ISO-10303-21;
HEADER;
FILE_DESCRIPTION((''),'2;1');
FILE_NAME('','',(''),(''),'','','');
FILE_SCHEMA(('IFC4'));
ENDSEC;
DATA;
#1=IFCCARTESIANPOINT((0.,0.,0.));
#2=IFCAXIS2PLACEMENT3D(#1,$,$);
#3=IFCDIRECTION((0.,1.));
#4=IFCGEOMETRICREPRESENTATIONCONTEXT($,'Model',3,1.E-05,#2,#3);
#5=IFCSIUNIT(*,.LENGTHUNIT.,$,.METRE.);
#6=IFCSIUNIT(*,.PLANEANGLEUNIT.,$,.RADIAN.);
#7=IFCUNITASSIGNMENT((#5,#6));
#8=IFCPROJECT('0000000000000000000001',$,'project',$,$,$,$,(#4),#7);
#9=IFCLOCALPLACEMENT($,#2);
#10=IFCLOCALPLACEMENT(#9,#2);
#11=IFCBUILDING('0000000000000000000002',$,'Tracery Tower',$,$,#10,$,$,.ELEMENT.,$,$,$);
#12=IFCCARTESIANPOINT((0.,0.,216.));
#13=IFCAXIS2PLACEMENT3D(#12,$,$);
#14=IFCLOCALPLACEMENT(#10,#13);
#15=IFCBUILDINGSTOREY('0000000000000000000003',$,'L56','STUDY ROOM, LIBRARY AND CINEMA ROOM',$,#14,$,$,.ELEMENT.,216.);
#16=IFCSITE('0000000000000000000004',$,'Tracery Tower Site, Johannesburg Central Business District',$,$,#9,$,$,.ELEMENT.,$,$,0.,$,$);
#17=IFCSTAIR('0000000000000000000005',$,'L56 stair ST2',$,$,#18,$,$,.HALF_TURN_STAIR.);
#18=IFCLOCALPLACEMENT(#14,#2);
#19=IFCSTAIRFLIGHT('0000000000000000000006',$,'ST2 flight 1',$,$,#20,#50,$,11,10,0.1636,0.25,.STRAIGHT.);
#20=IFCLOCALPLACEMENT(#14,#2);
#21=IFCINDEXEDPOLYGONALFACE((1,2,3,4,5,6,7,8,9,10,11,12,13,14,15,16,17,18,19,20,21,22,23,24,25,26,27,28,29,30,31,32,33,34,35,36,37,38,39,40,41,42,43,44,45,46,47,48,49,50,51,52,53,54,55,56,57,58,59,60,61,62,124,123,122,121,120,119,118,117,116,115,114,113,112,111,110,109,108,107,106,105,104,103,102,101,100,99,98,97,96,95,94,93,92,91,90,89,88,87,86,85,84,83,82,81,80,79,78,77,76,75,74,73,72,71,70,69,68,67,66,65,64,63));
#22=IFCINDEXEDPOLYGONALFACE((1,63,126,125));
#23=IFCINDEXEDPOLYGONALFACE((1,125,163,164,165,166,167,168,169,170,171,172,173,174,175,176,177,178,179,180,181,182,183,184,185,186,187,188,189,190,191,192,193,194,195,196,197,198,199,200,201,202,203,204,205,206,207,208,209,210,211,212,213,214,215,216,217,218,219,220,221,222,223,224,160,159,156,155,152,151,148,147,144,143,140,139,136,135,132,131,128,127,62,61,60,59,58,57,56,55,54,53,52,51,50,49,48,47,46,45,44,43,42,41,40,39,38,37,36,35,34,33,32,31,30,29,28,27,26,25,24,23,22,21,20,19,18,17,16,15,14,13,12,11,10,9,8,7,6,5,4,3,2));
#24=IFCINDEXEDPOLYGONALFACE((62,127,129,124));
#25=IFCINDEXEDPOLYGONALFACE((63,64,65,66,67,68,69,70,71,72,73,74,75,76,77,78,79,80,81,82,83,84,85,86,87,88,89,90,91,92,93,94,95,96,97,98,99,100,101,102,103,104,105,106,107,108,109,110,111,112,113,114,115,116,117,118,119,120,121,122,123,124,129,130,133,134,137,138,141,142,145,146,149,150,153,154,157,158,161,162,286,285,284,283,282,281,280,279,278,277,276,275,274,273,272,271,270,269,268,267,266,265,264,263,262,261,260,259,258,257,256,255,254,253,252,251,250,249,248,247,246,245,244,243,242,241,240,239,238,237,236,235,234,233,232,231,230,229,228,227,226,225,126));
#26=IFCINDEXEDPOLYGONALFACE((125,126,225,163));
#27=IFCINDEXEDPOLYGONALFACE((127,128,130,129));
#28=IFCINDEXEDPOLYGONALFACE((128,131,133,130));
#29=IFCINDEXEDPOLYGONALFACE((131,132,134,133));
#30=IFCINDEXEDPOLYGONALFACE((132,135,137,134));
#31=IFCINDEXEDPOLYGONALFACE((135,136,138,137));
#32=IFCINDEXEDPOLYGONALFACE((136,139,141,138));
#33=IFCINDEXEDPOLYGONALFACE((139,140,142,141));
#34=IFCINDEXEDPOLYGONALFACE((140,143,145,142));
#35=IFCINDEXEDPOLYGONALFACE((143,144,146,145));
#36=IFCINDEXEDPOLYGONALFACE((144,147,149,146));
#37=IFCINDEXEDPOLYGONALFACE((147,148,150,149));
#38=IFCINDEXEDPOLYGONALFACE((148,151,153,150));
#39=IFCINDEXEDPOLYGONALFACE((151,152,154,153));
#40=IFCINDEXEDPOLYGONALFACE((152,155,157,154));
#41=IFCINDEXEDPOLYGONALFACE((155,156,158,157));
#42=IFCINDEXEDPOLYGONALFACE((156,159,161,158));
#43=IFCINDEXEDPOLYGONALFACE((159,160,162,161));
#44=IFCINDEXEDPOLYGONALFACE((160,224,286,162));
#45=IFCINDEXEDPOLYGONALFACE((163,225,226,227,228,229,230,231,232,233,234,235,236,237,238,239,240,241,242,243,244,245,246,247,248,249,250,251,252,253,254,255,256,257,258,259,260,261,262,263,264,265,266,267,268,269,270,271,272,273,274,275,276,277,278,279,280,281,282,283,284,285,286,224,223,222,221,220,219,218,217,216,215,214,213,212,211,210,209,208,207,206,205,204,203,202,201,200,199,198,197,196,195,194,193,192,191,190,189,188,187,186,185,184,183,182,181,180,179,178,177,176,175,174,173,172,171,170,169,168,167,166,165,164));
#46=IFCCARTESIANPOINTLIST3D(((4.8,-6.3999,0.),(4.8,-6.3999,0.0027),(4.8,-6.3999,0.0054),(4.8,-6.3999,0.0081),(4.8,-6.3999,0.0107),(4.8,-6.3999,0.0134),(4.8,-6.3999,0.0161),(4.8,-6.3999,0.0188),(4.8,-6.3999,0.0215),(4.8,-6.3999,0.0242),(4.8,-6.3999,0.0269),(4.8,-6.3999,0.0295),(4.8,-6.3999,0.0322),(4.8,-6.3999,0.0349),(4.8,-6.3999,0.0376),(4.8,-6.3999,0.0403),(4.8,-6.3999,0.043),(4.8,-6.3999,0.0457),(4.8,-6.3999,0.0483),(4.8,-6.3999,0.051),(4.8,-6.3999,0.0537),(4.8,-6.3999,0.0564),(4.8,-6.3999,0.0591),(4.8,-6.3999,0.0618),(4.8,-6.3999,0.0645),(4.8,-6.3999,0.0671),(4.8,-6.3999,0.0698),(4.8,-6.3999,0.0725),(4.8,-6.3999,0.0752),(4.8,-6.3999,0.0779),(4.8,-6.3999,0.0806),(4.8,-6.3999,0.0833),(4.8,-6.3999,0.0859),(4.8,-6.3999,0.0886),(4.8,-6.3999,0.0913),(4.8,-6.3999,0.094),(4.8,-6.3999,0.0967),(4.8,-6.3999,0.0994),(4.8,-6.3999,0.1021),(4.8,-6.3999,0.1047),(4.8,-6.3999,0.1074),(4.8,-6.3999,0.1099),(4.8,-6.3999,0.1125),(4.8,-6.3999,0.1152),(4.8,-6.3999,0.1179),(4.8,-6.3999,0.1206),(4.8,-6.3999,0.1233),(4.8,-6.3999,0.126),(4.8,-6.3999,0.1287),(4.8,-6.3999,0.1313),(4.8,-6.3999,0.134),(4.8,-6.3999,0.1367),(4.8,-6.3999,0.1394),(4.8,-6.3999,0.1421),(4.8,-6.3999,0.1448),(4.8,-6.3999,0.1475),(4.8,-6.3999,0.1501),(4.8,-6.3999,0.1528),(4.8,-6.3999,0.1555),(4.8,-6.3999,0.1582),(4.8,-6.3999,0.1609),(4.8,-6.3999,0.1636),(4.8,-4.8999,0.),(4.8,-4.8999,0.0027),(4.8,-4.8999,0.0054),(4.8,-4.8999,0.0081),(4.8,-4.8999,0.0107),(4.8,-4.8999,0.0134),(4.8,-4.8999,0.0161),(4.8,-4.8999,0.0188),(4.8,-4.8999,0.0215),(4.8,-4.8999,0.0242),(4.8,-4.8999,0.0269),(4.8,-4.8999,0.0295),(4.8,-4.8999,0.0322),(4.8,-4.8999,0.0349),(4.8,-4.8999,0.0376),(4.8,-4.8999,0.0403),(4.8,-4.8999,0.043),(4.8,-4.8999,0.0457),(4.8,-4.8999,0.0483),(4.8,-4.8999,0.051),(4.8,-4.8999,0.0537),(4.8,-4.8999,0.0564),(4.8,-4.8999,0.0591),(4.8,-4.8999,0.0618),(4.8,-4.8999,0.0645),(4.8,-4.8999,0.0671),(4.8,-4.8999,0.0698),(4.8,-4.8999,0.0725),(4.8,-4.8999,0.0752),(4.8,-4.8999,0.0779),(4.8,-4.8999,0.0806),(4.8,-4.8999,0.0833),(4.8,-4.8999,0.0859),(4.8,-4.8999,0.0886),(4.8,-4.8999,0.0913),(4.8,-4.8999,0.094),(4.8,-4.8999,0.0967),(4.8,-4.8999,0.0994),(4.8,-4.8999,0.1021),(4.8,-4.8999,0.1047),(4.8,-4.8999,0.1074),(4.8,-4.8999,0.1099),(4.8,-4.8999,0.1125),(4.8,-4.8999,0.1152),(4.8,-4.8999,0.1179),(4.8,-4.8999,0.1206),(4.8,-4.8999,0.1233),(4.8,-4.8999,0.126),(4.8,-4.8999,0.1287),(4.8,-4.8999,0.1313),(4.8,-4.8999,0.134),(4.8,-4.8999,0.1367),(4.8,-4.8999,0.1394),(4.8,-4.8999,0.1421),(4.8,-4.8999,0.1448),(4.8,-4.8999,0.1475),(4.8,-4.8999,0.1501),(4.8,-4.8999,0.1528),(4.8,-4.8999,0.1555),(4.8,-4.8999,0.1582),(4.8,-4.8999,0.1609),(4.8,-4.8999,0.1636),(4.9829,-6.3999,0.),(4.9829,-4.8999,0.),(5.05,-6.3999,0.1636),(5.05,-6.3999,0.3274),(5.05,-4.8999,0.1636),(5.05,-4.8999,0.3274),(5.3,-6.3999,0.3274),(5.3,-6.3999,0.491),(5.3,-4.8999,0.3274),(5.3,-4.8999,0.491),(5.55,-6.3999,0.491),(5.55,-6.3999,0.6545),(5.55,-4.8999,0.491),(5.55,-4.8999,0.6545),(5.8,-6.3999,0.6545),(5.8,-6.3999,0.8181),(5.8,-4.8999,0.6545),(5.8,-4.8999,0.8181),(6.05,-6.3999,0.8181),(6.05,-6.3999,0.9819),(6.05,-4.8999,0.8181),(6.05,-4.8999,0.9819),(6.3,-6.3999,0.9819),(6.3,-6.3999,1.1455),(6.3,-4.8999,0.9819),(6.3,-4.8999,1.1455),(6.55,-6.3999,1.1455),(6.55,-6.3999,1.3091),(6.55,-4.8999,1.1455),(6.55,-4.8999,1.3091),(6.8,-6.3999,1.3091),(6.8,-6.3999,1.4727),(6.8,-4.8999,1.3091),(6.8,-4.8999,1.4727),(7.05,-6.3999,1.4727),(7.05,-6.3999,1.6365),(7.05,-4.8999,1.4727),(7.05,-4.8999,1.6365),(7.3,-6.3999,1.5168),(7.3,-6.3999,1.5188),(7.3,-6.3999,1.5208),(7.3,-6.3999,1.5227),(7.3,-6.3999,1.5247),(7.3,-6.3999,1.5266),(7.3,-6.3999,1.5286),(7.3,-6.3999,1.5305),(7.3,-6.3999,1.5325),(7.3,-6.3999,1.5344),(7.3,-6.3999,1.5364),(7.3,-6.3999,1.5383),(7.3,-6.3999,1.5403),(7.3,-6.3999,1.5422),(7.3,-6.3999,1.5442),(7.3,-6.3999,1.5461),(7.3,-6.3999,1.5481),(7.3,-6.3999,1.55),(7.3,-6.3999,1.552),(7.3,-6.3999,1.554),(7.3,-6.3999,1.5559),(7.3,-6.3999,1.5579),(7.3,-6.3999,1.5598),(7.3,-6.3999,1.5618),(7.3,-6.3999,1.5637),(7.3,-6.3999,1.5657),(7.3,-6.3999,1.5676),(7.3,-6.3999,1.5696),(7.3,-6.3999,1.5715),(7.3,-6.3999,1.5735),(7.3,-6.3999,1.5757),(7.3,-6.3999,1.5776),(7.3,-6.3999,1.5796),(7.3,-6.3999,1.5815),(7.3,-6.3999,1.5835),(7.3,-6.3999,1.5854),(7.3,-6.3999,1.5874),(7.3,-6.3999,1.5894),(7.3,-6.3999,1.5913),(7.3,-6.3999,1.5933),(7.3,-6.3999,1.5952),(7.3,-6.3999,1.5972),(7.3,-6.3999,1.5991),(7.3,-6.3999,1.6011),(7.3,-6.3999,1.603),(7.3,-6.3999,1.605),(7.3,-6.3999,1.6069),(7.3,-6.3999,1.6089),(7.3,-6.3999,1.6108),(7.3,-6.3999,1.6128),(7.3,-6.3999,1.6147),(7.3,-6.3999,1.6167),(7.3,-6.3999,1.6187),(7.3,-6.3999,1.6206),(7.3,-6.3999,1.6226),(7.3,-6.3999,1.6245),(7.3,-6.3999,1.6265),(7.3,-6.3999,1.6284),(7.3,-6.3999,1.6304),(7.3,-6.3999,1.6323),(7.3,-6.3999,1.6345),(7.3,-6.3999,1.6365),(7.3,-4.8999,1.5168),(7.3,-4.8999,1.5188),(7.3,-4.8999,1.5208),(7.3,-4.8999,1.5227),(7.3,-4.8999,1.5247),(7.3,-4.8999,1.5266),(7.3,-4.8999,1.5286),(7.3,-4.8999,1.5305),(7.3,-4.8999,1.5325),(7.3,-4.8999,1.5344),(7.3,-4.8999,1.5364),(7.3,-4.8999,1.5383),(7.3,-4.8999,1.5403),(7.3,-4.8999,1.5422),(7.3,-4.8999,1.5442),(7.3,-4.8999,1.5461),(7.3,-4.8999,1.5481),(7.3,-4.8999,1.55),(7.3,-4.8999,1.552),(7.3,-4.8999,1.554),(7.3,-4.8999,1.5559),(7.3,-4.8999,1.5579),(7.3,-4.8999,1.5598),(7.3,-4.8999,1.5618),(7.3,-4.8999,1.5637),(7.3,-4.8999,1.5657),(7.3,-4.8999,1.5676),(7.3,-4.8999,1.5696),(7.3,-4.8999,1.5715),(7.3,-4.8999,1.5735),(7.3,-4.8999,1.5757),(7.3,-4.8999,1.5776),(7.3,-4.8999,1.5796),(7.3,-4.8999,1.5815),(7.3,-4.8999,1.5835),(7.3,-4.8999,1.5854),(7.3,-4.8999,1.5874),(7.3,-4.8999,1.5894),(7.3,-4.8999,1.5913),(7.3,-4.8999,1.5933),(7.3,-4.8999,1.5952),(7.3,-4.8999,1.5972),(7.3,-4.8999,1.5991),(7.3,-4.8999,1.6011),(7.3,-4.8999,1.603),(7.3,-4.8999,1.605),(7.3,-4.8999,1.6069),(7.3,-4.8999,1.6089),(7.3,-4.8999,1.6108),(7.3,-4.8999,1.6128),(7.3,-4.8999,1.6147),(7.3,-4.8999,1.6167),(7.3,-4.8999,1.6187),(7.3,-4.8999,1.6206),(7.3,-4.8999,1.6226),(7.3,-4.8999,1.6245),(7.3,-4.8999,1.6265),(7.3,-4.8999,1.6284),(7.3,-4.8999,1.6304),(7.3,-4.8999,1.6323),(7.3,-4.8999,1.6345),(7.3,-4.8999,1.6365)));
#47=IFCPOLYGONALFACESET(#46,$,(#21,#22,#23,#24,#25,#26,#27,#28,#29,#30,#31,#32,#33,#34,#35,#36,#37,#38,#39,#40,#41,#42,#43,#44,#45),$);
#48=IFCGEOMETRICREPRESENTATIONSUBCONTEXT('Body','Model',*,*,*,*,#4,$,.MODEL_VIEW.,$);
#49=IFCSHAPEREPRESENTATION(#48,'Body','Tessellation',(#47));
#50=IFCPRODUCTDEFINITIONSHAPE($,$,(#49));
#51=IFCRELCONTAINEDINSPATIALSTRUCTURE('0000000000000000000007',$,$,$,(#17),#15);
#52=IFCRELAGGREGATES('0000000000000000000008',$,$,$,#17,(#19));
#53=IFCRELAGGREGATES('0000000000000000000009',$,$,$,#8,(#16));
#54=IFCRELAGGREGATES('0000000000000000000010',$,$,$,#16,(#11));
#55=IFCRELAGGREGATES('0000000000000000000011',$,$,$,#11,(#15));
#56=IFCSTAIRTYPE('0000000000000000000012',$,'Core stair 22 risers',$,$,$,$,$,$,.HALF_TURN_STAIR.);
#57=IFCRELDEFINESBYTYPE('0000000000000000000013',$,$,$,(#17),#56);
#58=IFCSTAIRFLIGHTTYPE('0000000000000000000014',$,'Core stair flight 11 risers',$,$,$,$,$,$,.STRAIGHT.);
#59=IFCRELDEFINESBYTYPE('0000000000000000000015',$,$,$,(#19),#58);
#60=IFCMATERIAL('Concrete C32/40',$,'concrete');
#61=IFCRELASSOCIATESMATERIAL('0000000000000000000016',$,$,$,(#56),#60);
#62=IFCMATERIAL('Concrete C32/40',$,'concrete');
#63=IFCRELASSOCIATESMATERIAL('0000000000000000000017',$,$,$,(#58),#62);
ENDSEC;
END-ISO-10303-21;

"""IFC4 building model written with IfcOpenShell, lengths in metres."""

from ifc_helpers import new_model, si_unit, direction, frame, origin, place, context, subcontext, project, spatial, polyline, outline, extrude, material, type_object, element, aggregate, save


model = new_model("IFC4")

# Units and contexts
model_context = context("Model", 3, precision=1e-05, world=origin(), true_north=direction((0.0, 1.0)))
body_context = subcontext(model_context, "Body", "Model", "MODEL_VIEW")
ifc_project = project(units=[si_unit("LENGTHUNIT", "METRE"), si_unit("PLANEANGLEUNIT", "RADIAN")], contexts=[model_context])

# Site, building, storey
site_placement = place(None, origin())
site = spatial("IfcSite", under=ifc_project, at=site_placement, Name="Tracery Tower Site, Johannesburg Central Business District", CompositionType="ELEMENT", RefElevation=0.0)
building_placement = place(site_placement, origin())
building = spatial("IfcBuilding", under=site, at=building_placement, Name="Tracery Tower", CompositionType="ELEMENT")
storey_placement = place(building_placement, frame((0.0, 0.0, 216.0)))
storey = spatial("IfcBuildingStorey", under=building, at=storey_placement, Name="L56", Description="STUDY ROOM, LIBRARY AND CINEMA ROOM", CompositionType="ELEMENT", Elevation=216.0)

# Shared definitions
ifc_material_1 = material(Name="Concrete C32/40", Category="concrete")
stair_type = type_object("IfcStairType", Name="Core stair 22 risers", PredefinedType="HALF_TURN_STAIR", material=ifc_material_1)

# Stair, stair flight
stair_1_placement = place(storey_placement, origin())
stair_1 = element("IfcStair", 1, at=stair_1_placement, inside=storey, type_object=stair_type, Name="L56 stair ST2", PredefinedType="HALF_TURN_STAIR")
ifc_material_2 = material(Name="Concrete C32/40", Category="concrete")
stair_flight_type = type_object("IfcStairFlightType", Name="Core stair flight 11 risers", PredefinedType="STRAIGHT", material=ifc_material_2)
stair_flight_1_placement = place(storey_placement, frame((4.8, -5.6499, 0.0), z_axis=(0.0, 0.0, 1.0), x_axis=(1.0, 0.0, 0.0)))
stair_flight_1 = element("IfcStairFlight", 2, at=stair_flight_1_placement, type_object=stair_flight_type, Name="ST2 flight 1", NumberOfRisers=11, NumberOfTreads=10, PredefinedType="STRAIGHT", RiserHeight=0.1636, TreadLength=0.25, context=body_context, shape_type="SweptSolid", body=[
    extrude(outline(polyline([(0.0, 0.0), (0.0, 0.0027), (0.0, 0.0054), (0.0, 0.0081), (0.0, 0.0107), (0.0, 0.0134), (0.0, 0.0161), (0.0, 0.0188), (0.0, 0.0215), (0.0, 0.0242), (0.0, 0.0269), (0.0, 0.0295), (0.0, 0.0322), (0.0, 0.0349), (0.0, 0.0376), (0.0, 0.0403), (0.0, 0.043), (0.0, 0.0457), (0.0, 0.0483), (0.0, 0.051), (0.0, 0.0537), (0.0, 0.0564), (0.0, 0.0591), (0.0, 0.0618), (0.0, 0.0645), (0.0, 0.0671), (0.0, 0.0698), (0.0, 0.0725), (0.0, 0.0752), (0.0, 0.0779), (0.0, 0.0806), (0.0, 0.0833), (0.0, 0.0859), (0.0, 0.0886), (0.0, 0.0913), (0.0, 0.094), (0.0, 0.0967), (0.0, 0.0994), (0.0, 0.1021), (0.0, 0.1047), (0.0, 0.1074), (0.0, 0.1099), (0.0, 0.1125), (0.0, 0.1152), (0.0, 0.1179), (0.0, 0.1206), (0.0, 0.1233), (0.0, 0.126), (0.0, 0.1287), (0.0, 0.1313), (0.0, 0.134), (0.0, 0.1367), (0.0, 0.1394), (0.0, 0.1421), (0.0, 0.1448), (0.0, 0.1475), (0.0, 0.1501), (0.0, 0.1528), (0.0, 0.1555), (0.0, 0.1582), (0.0, 0.1609), (0.0, 0.1636), (0.25, 0.1636), (0.25, 0.3274), (0.5, 0.3274), (0.5, 0.491), (0.75, 0.491), (0.75, 0.6545), (1.0, 0.6545), (1.0, 0.8181), (1.25, 0.8181), (1.25, 0.9819), (1.5, 0.9819), (1.5, 1.1455), (1.75, 1.1455), (1.75, 1.3091), (2.0, 1.3091), (2.0, 1.4727), (2.25, 1.4727), (2.25, 1.6365), (2.5, 1.6365), (2.5, 1.6345), (2.5, 1.6323), (2.5, 1.6304), (2.5, 1.6284), (2.5, 1.6265), (2.5, 1.6245), (2.5, 1.6226), (2.5, 1.6206), (2.5, 1.6187), (2.5, 1.6167), (2.5, 1.6147), (2.5, 1.6128), (2.5, 1.6108), (2.5, 1.6089), (2.5, 1.6069), (2.5, 1.605), (2.5, 1.603), (2.5, 1.6011), (2.5, 1.5991), (2.5, 1.5972), (2.5, 1.5952), (2.5, 1.5933), (2.5, 1.5913), (2.5, 1.5894), (2.5, 1.5874), (2.5, 1.5854), (2.5, 1.5835), (2.5, 1.5815), (2.5, 1.5796), (2.5, 1.5776), (2.5, 1.5757), (2.5, 1.5735), (2.5, 1.5715), (2.5, 1.5696), (2.5, 1.5676), (2.5, 1.5657), (2.5, 1.5637), (2.5, 1.5618), (2.5, 1.5598), (2.5, 1.5579), (2.5, 1.5559), (2.5, 1.554), (2.5, 1.552), (2.5, 1.55), (2.5, 1.5481), (2.5, 1.5461), (2.5, 1.5442), (2.5, 1.5422), (2.5, 1.5403), (2.5, 1.5383), (2.5, 1.5364), (2.5, 1.5344), (2.5, 1.5325), (2.5, 1.5305), (2.5, 1.5286), (2.5, 1.5266), (2.5, 1.5247), (2.5, 1.5227), (2.5, 1.5208), (2.5, 1.5188), (2.5, 1.5168), (0.1829, 0.0), (0.0, 0.0)])), frame((0.0, 0.75, 0.0), z_axis=(0.0, -1.0, 0.0), x_axis=(1.0, 0.0, 0.0)), (0.0, 0.0, 1.0), 1.5),
])
aggregate(stair_1, [stair_flight_1])

save(model, "model.ifc")
